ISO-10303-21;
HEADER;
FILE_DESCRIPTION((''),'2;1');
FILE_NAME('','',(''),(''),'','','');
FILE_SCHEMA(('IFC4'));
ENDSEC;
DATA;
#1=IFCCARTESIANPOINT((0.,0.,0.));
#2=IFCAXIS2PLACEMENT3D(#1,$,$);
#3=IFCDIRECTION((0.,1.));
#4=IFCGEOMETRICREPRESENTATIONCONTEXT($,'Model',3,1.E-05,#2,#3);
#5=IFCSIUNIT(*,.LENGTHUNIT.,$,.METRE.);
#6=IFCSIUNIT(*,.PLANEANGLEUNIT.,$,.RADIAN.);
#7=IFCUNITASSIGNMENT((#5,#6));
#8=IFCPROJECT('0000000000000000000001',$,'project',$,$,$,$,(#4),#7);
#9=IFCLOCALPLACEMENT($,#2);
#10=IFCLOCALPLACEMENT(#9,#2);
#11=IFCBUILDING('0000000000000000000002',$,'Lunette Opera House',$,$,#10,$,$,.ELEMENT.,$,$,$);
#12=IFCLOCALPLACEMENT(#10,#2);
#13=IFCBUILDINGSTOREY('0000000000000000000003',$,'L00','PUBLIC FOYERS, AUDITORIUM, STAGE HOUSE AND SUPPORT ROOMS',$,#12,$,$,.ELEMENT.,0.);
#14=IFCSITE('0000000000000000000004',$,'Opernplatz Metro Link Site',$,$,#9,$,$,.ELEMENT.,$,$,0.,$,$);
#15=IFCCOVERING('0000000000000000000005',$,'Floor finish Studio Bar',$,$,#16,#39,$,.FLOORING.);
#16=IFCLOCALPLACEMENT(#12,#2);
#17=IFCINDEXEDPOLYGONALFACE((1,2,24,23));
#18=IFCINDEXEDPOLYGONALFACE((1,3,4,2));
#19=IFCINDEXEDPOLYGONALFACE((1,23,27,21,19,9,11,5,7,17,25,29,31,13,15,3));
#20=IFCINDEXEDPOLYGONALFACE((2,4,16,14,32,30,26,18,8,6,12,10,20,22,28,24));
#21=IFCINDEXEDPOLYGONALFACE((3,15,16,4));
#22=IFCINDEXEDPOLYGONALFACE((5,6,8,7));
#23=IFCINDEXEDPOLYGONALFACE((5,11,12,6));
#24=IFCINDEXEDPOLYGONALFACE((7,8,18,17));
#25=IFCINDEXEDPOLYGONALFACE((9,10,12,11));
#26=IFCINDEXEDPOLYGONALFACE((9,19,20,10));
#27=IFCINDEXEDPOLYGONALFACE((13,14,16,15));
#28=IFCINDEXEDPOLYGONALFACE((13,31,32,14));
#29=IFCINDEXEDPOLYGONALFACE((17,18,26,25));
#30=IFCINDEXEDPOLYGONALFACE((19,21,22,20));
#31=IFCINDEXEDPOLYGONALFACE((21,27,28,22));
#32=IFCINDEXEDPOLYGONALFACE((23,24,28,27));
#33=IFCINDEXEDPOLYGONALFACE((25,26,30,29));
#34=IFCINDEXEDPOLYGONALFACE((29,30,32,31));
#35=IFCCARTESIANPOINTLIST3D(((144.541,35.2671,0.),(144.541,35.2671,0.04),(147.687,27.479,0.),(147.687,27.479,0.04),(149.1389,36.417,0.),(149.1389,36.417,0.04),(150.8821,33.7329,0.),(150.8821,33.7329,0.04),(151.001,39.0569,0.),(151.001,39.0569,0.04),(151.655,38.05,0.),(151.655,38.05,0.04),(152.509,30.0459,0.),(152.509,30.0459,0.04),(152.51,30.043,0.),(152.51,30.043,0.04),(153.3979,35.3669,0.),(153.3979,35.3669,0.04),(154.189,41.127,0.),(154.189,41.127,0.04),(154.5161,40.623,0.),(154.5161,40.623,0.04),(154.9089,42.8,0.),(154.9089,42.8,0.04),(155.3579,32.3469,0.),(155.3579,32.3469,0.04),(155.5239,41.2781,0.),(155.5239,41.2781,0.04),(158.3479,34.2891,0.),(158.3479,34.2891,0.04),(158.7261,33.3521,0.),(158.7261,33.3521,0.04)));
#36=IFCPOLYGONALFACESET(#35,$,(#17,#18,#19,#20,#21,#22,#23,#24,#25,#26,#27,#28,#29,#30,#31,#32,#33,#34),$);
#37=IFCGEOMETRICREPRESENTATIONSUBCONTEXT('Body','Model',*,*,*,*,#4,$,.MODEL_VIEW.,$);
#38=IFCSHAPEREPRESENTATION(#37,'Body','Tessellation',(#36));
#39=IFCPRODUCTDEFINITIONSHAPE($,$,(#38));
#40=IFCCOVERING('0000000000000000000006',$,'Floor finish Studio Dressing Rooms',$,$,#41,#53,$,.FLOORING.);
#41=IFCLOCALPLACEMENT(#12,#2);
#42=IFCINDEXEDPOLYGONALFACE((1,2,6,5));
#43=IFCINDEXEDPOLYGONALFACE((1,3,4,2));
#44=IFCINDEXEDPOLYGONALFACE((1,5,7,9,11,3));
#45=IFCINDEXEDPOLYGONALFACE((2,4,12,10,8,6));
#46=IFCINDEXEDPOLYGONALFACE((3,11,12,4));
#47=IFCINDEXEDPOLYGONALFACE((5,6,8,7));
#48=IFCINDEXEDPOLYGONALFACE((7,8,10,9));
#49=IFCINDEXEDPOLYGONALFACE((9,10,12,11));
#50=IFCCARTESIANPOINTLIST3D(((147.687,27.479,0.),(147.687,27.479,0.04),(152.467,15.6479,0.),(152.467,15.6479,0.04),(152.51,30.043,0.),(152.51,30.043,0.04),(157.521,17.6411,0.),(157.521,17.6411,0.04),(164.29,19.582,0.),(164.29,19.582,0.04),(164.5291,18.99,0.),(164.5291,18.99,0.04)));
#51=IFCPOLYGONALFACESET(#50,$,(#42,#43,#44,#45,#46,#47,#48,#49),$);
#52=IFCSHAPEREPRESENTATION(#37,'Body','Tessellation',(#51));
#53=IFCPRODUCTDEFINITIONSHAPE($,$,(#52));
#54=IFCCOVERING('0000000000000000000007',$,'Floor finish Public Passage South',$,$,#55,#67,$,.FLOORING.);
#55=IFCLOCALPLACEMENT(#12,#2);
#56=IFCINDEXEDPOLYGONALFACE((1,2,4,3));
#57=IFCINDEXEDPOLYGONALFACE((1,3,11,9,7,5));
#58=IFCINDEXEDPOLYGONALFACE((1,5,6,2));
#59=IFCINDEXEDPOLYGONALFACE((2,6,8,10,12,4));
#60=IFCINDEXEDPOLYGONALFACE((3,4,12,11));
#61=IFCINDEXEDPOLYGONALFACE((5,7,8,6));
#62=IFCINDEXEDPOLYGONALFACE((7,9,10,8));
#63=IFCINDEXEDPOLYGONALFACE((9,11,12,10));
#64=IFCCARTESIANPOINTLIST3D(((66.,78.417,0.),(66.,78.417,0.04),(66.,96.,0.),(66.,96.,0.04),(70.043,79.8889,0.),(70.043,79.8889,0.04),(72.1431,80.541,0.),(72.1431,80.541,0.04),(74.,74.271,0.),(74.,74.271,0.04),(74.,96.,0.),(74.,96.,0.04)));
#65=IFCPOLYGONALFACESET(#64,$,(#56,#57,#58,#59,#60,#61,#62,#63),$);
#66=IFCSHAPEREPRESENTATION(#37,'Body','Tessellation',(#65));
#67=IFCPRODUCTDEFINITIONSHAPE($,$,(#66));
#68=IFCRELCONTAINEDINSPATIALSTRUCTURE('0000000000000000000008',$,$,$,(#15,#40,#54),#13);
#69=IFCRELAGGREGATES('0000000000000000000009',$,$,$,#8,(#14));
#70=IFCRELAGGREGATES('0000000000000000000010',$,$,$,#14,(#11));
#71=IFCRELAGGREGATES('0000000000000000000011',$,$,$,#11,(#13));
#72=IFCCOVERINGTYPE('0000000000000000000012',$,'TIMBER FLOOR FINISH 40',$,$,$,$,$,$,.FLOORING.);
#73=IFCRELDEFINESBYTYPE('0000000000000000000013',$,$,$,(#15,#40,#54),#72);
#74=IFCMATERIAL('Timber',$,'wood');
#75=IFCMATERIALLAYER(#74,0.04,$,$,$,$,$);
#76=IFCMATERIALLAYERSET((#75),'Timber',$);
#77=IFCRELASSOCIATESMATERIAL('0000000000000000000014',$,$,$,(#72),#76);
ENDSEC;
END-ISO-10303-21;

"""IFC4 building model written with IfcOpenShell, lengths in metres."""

from ifc_helpers import new_model, si_unit, direction, origin, place, context, subcontext, project, spatial, polyline, outline, extrude, material, layer, layer_set, type_object, element, save


model = new_model("IFC4")

# Units and contexts
model_context = context("Model", 3, precision=1e-05, world=origin(), true_north=direction((0.0, 1.0)))
body_context = subcontext(model_context, "Body", "Model", "MODEL_VIEW")
ifc_project = project(units=[si_unit("LENGTHUNIT", "METRE"), si_unit("PLANEANGLEUNIT", "RADIAN")], contexts=[model_context])

# Site, building, storey
site_placement = place(None, origin())
site = spatial("IfcSite", under=ifc_project, at=site_placement, Name="Opernplatz Metro Link Site", CompositionType="ELEMENT", RefElevation=0.0)
building_placement = place(site_placement, origin())
building = spatial("IfcBuilding", under=site, at=building_placement, Name="Lunette Opera House", CompositionType="ELEMENT")
storey_placement = place(building_placement, origin())
storey = spatial("IfcBuildingStorey", under=building, at=storey_placement, Name="L00", Description="PUBLIC FOYERS, AUDITORIUM, STAGE HOUSE AND SUPPORT ROOMS", CompositionType="ELEMENT", Elevation=0.0)

# Coverings
ifc_material_1 = material(Name="Timber", Category="wood")
ifc_layer_1 = layer(ifc_material_1, 0.04)
ifc_layer_set_1 = layer_set([ifc_layer_1], Name="Timber")
covering_type_1 = type_object("IfcCoveringType", Name="TIMBER FLOOR FINISH 40", PredefinedType="FLOORING", material=ifc_layer_set_1)
covering_1_placement = place(storey_placement, origin())
element("IfcCovering", 1, at=covering_1_placement, inside=storey, type_object=covering_type_1, Name="Floor finish Studio Bar", PredefinedType="FLOORING", context=body_context, shape_type="SweptSolid", body=[
    extrude(outline(polyline([(154.5161, 40.623), (154.189, 41.127), (151.001, 39.0569), (151.655, 38.05), (149.1389, 36.417), (150.8821, 33.7329), (153.3979, 35.3669), (155.3579, 32.3469), (158.3479, 34.2891), (158.7261, 33.3521), (152.509, 30.0459), (152.51, 30.043), (147.687, 27.479), (144.541, 35.2671), (154.9089, 42.8), (155.5239, 41.2781), (154.5161, 40.623)])), origin(), (0.0, 0.0, 1.0), 0.04),
])
covering_2_placement = place(storey_placement, origin())
element("IfcCovering", 2, at=covering_2_placement, inside=storey, type_object=covering_type_1, Name="Floor finish Studio Dressing Rooms", PredefinedType="FLOORING", context=body_context, shape_type="SweptSolid", body=[
    extrude(outline(polyline([(164.29, 19.582), (164.5291, 18.99), (152.467, 15.6479), (147.687, 27.479), (152.51, 30.043), (157.521, 17.6411), (164.29, 19.582)])), origin(), (0.0, 0.0, 1.0), 0.04),
])
covering_3_placement = place(storey_placement, origin())
element("IfcCovering", 3, at=covering_3_placement, inside=storey, type_object=covering_type_1, Name="Floor finish Public Passage South", PredefinedType="FLOORING", context=body_context, shape_type="SweptSolid", body=[
    extrude(outline(polyline([(74.0, 74.271), (72.1431, 80.541), (70.043, 79.8889), (66.0, 78.417), (66.0, 96.0), (74.0, 96.0), (74.0, 74.271)])), origin(), (0.0, 0.0, 1.0), 0.04),
])

save(model, "model.ifc")
